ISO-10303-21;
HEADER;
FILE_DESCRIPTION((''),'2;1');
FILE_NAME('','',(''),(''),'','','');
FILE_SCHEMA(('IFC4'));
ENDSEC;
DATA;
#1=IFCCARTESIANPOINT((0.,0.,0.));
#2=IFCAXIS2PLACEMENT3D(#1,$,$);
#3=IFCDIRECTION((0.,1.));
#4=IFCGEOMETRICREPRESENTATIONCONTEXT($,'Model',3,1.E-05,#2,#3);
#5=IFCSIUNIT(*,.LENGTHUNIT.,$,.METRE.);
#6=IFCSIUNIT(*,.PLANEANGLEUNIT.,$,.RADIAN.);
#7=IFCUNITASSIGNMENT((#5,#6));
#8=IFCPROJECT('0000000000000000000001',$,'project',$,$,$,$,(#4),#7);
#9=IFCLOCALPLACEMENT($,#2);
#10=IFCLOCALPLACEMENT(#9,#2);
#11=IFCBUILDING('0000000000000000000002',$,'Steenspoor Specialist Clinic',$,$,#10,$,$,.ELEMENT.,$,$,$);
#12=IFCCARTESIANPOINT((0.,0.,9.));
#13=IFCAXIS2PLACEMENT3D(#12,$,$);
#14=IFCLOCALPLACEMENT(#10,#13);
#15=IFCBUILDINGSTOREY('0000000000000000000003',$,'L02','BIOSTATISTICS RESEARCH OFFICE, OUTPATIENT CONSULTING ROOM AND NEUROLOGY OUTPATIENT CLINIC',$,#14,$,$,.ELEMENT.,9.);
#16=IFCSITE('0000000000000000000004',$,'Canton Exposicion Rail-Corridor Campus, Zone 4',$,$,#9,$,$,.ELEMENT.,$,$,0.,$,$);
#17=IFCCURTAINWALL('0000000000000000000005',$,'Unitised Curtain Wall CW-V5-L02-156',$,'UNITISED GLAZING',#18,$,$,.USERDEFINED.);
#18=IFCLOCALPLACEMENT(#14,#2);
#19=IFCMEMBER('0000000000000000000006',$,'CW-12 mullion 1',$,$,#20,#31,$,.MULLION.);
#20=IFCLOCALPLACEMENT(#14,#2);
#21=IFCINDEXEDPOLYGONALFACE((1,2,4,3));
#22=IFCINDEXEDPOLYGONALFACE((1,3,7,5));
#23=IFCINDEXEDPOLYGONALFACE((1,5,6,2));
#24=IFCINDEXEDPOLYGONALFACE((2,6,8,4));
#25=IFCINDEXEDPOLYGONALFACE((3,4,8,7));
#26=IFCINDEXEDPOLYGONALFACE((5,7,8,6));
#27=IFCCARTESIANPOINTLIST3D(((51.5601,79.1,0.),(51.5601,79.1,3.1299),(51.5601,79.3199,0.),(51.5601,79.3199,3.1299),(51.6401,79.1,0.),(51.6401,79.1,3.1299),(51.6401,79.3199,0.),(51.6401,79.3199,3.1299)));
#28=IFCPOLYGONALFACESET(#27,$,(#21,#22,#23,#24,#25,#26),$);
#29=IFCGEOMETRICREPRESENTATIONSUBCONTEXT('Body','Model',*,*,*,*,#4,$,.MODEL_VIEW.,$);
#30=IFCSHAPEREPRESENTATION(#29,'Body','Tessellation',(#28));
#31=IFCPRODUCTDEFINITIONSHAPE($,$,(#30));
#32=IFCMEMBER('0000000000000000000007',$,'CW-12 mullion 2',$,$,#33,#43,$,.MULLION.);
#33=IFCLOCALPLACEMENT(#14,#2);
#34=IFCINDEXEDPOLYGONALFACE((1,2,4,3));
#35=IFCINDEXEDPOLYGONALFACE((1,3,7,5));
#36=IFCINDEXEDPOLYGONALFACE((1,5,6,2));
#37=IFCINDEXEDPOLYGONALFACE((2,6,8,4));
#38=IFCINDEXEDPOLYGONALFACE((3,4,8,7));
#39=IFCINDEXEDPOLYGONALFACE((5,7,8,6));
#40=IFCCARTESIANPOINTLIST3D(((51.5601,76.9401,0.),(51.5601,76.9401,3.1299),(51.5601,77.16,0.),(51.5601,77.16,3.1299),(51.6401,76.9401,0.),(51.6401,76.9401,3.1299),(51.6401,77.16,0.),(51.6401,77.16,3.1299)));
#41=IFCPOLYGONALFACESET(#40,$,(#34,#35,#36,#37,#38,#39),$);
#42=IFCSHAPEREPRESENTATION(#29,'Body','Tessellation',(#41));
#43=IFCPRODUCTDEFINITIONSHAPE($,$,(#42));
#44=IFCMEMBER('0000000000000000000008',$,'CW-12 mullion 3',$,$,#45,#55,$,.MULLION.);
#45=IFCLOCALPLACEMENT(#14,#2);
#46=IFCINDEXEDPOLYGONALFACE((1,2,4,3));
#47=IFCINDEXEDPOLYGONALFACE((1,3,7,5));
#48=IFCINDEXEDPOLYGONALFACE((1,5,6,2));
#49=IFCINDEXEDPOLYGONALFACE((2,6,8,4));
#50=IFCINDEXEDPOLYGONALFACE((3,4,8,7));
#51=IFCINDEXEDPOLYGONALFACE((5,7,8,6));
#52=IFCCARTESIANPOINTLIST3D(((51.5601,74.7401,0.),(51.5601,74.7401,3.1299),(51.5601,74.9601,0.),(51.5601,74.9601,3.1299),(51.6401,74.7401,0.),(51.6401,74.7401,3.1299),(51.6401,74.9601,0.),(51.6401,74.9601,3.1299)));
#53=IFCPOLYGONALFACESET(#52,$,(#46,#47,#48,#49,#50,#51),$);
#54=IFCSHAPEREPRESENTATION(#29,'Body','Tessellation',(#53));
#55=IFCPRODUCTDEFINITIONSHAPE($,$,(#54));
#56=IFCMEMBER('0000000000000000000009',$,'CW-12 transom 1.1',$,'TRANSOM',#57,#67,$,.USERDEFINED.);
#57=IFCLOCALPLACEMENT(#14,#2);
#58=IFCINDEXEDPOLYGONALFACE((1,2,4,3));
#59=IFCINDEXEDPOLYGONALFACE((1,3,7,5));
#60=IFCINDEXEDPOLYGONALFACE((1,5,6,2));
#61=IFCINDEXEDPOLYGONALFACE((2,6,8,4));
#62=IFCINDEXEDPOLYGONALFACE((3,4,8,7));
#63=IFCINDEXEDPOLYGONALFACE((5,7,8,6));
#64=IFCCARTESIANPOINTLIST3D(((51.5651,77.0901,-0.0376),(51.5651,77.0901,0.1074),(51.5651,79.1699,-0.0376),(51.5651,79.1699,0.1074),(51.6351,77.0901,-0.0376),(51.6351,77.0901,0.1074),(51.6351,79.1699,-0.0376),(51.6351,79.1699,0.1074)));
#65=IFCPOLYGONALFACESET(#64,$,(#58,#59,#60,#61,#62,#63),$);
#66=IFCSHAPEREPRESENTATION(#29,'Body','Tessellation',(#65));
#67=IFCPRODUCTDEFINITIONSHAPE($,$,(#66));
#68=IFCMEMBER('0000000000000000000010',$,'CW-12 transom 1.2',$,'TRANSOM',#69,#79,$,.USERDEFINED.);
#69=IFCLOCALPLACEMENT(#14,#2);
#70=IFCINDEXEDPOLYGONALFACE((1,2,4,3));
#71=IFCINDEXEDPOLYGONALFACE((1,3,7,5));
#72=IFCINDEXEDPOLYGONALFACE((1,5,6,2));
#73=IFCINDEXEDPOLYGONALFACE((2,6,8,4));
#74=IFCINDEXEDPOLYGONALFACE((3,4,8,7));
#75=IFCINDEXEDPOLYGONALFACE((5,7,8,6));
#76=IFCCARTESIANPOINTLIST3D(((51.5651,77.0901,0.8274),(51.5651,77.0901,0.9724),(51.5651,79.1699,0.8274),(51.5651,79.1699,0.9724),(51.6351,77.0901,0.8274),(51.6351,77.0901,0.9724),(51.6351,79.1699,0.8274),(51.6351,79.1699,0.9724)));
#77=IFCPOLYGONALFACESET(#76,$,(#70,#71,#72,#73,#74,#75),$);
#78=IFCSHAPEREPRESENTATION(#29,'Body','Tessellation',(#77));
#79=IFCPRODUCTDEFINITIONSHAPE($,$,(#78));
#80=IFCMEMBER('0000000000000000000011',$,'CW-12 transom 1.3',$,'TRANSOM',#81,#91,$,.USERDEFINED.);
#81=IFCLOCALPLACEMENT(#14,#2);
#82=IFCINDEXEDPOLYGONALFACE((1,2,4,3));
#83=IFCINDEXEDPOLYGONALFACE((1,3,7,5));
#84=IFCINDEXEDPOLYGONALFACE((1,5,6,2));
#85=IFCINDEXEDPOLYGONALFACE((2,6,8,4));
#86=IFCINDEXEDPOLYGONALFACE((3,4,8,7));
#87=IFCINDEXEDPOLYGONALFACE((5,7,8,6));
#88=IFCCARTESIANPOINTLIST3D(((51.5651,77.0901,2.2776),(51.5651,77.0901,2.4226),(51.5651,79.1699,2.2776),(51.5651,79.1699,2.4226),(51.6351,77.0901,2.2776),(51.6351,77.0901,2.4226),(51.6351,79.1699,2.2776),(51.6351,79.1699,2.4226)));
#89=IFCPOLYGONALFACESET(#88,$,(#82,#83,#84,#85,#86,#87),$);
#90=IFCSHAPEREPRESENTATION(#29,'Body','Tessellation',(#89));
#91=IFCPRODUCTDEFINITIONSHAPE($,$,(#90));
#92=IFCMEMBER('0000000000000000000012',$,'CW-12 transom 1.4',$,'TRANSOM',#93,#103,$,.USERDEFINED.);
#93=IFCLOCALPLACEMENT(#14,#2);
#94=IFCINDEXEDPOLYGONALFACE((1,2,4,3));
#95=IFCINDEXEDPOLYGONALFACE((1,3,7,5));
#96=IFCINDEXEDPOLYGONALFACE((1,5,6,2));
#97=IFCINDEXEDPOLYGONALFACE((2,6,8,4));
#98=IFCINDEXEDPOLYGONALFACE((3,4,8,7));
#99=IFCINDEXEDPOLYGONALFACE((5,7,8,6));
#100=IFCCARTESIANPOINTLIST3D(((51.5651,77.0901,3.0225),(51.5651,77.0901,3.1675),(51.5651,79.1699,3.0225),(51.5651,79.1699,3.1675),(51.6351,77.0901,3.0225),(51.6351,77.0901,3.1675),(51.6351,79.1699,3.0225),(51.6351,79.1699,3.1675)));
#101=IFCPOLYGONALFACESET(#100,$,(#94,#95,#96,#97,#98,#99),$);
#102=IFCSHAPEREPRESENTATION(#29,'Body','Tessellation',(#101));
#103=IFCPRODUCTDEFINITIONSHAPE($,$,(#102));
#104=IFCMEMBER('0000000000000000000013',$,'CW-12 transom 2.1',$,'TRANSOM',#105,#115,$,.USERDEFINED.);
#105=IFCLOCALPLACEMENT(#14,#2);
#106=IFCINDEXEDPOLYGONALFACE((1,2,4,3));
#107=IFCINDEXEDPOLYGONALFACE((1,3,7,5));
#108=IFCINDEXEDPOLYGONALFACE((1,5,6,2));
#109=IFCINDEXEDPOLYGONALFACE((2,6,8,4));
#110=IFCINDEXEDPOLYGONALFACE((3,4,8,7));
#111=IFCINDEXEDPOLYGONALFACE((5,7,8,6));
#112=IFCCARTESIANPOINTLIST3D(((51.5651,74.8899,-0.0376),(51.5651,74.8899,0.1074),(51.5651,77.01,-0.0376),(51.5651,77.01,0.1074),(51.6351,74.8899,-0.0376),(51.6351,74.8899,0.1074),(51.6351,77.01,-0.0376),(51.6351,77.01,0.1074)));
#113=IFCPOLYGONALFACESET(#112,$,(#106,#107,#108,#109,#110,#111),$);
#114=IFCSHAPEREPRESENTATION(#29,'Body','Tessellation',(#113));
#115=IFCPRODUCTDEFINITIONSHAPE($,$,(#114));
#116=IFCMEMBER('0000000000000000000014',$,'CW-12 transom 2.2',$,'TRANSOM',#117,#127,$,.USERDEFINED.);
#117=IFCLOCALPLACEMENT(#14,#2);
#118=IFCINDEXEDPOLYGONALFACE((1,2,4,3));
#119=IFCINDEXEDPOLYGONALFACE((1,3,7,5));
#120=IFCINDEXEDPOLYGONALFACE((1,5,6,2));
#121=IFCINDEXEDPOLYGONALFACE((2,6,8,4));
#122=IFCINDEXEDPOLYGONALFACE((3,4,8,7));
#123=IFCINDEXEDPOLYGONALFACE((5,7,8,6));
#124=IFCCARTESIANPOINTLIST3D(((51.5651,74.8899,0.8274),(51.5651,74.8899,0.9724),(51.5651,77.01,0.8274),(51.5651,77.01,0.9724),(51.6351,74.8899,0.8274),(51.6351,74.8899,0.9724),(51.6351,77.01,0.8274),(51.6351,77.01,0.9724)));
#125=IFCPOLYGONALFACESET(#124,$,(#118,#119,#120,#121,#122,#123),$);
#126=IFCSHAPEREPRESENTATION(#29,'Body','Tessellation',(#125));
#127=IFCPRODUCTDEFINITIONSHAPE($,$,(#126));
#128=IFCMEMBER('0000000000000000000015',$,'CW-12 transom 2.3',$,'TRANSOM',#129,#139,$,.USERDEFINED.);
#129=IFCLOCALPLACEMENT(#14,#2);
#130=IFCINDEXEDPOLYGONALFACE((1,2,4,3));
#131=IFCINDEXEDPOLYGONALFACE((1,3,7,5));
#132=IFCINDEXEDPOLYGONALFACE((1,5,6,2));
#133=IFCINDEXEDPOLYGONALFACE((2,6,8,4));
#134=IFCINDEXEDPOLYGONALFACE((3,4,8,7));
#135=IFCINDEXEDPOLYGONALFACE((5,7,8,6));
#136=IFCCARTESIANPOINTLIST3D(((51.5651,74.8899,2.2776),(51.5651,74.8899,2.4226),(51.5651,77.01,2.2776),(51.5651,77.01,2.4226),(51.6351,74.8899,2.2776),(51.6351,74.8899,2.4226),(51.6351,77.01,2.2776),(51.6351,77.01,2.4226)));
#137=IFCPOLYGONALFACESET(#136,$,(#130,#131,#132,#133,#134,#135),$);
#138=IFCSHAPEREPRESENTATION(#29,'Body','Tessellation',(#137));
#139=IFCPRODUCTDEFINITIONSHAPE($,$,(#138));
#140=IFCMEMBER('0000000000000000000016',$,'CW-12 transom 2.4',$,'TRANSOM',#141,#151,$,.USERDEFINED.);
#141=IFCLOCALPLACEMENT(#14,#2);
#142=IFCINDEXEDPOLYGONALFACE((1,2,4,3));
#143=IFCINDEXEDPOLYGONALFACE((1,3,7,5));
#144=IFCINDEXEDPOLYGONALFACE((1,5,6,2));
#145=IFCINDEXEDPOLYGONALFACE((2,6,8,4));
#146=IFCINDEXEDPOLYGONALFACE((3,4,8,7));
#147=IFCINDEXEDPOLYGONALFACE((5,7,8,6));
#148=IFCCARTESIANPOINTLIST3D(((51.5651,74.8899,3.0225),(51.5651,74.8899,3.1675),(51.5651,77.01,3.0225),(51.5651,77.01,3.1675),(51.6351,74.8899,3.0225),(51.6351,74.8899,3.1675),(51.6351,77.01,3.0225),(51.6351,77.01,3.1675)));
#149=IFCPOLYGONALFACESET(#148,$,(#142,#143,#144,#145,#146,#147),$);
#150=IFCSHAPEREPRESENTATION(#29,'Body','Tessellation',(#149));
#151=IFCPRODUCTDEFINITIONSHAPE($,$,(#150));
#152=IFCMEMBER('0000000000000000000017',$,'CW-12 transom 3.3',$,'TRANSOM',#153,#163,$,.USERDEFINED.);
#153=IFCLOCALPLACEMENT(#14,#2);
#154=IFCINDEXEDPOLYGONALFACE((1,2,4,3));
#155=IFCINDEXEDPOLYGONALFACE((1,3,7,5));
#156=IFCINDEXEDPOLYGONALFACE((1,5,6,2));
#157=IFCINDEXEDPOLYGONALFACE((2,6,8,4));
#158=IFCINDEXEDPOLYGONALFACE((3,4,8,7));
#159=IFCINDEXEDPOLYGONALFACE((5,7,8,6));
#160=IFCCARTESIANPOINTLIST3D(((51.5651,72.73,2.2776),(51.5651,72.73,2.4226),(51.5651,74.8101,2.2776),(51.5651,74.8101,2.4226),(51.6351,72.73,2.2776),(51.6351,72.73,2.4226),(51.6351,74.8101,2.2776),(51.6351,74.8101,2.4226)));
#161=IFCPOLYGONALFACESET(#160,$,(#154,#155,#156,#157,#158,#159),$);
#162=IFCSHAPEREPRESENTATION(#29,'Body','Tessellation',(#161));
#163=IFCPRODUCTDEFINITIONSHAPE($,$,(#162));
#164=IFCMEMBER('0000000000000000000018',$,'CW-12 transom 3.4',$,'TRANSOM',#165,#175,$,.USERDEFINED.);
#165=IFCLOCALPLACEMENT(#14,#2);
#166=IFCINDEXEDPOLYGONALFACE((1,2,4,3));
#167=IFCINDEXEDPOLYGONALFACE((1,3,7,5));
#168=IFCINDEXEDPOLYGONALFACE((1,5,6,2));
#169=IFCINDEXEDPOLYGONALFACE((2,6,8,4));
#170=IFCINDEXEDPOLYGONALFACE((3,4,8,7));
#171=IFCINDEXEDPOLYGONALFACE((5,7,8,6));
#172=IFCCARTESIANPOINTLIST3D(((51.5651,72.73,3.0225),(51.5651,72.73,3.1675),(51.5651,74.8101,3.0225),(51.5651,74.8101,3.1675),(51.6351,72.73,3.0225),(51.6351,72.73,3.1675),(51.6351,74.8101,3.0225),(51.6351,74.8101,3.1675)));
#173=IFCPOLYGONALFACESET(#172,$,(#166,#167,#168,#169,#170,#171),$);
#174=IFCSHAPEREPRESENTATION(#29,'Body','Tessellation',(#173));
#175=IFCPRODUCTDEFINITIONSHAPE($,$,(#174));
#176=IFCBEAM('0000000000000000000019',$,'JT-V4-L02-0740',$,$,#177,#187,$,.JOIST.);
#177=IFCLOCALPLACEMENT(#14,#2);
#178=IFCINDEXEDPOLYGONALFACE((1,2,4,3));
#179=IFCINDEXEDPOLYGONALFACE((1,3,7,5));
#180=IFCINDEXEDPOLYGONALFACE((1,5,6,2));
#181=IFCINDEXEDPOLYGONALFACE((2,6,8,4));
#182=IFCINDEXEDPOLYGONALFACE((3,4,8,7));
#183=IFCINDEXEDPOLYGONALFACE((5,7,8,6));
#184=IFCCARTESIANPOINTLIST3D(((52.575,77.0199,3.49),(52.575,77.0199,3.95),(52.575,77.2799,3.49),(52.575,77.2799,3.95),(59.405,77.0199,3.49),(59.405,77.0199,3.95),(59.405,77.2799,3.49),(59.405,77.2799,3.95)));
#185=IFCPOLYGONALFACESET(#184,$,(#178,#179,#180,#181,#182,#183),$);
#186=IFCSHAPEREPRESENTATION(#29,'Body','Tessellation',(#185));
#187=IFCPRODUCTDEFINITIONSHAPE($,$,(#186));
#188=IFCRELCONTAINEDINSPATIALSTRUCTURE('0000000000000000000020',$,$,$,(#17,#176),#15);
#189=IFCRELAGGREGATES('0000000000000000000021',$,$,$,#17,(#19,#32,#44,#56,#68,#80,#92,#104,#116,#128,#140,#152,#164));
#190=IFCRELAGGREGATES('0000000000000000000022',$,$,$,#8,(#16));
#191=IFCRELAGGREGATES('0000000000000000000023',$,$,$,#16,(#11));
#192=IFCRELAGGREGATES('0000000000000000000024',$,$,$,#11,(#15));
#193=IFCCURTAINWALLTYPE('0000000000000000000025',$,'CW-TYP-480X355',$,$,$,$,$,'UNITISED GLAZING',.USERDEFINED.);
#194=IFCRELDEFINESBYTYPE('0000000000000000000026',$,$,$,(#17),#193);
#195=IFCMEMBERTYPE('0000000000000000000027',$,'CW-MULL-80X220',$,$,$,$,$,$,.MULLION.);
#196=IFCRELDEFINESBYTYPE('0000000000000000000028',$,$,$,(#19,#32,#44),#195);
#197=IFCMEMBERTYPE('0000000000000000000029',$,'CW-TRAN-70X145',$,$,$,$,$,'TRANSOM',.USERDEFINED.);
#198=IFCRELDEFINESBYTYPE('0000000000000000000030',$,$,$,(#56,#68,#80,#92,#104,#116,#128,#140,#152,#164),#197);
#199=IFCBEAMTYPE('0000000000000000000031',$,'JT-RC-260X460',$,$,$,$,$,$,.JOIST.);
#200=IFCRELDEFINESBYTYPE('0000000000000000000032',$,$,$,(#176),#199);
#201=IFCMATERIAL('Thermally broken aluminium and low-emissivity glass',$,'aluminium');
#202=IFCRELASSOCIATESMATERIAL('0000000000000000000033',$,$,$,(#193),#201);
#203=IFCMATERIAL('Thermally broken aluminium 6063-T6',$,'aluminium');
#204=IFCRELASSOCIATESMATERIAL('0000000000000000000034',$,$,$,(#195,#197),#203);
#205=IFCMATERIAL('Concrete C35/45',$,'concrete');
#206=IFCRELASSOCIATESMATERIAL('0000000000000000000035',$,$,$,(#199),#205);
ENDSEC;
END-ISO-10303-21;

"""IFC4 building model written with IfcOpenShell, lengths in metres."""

from ifc_helpers import new_model, si_unit, direction, frame, origin, origin_2d, place, context, subcontext, project, spatial, rectangle, extrude, material, material_profile, profile_set, type_object, element, aggregate, save


model = new_model("IFC4")

# Units and contexts
model_context = context("Model", 3, precision=1e-05, world=origin(), true_north=direction((0.0, 1.0)))
body_context = subcontext(model_context, "Body", "Model", "MODEL_VIEW")
ifc_project = project(units=[si_unit("LENGTHUNIT", "METRE"), si_unit("PLANEANGLEUNIT", "RADIAN")], contexts=[model_context])

# Site, building, storey
site_placement = place(None, origin())
site = spatial("IfcSite", under=ifc_project, at=site_placement, Name="Canton Exposicion Rail-Corridor Campus, Zone 4", CompositionType="ELEMENT", RefElevation=0.0)
building_placement = place(site_placement, origin())
building = spatial("IfcBuilding", under=site, at=building_placement, Name="Steenspoor Specialist Clinic", CompositionType="ELEMENT")
storey_placement = place(building_placement, frame((0.0, 0.0, 9.0)))
storey = spatial("IfcBuildingStorey", under=building, at=storey_placement, Name="L02", Description="BIOSTATISTICS RESEARCH OFFICE, OUTPATIENT CONSULTING ROOM AND NEUROLOGY OUTPATIENT CLINIC", CompositionType="ELEMENT", Elevation=9.0)

# Curtain wall, members
ifc_material_1 = material(Name="Thermally broken aluminium and low-emissivity glass", Category="aluminium")
curtain_wall_type = type_object("IfcCurtainWallType", Name="CW-TYP-480X355", ElementType="UNITISED GLAZING", PredefinedType="USERDEFINED", material=ifc_material_1)
curtain_wall_placement = place(storey_placement, origin())
curtain_wall = element("IfcCurtainWall", 1, at=curtain_wall_placement, inside=storey, type_object=curtain_wall_type, Name="Unitised Curtain Wall CW-V5-L02-156", ObjectType="UNITISED GLAZING", PredefinedType="USERDEFINED")
ifc_material_2 = material(Name="Thermally broken aluminium 6063-T6", Category="aluminium")
ifc_material_profile_1 = material_profile(ifc_material_2, rectangle(XDim=0.0801, YDim=0.22, at=origin_2d()), Name="CWM-80X220")
ifc_profile_set_1 = profile_set([ifc_material_profile_1], Name="Thermally broken aluminium 6063-T6")
member_type_1 = type_object("IfcMemberType", Name="CW-MULL-80X220", PredefinedType="MULLION", material=ifc_profile_set_1)
member_1_placement = place(storey_placement, frame((51.6001, 79.21, 0.0), z_axis=(0.0, 0.0, 1.0), x_axis=(1.0, 0.0, 0.0)))
member_1 = element("IfcMember", 2, at=member_1_placement, type_object=member_type_1, Name="CW-12 mullion 1", PredefinedType="MULLION", context=body_context, shape_type="SweptSolid", body=[
    extrude(rectangle(XDim=0.0801, YDim=0.22, at=origin_2d()), origin(), (0.0, 0.0, 1.0), 3.1299),
])
member_2_placement = place(storey_placement, frame((51.6001, 77.05, 0.0), z_axis=(0.0, 0.0, 1.0), x_axis=(1.0, 0.0, 0.0)))
member_2 = element("IfcMember", 3, at=member_2_placement, type_object=member_type_1, Name="CW-12 mullion 2", PredefinedType="MULLION", context=body_context, shape_type="SweptSolid", body=[
    extrude(rectangle(XDim=0.0801, YDim=0.22, at=origin_2d()), origin(), (0.0, 0.0, 1.0), 3.1299),
])
member_3_placement = place(storey_placement, frame((51.6001, 74.8501, 0.0), z_axis=(0.0, 0.0, 1.0), x_axis=(1.0, 0.0, 0.0)))
member_3 = element("IfcMember", 4, at=member_3_placement, type_object=member_type_1, Name="CW-12 mullion 3", PredefinedType="MULLION", context=body_context, shape_type="SweptSolid", body=[
    extrude(rectangle(XDim=0.0801, YDim=0.22, at=origin_2d()), origin(), (0.0, 0.0, 1.0), 3.1299),
])
ifc_material_profile_2 = material_profile(ifc_material_2, rectangle(XDim=0.0701, YDim=0.145, at=origin_2d()), Name="CWT-70X145")
ifc_profile_set_2 = profile_set([ifc_material_profile_2], Name="Thermally broken aluminium 6063-T6")
member_type_2 = type_object("IfcMemberType", Name="CW-TRAN-70X145", ElementType="TRANSOM", PredefinedType="USERDEFINED", material=ifc_profile_set_2)
member_4_placement = place(storey_placement, frame((51.6001, 79.1699, 0.0349), z_axis=(0.0, -1.0, 0.0), x_axis=(1.0, 0.0, 0.0)))
member_4 = element("IfcMember", 5, at=member_4_placement, type_object=member_type_2, Name="CW-12 transom 1.1", ObjectType="TRANSOM", PredefinedType="USERDEFINED", context=body_context, shape_type="SweptSolid", body=[
    extrude(rectangle(XDim=0.0701, YDim=0.145, at=origin_2d()), origin(), (0.0, 0.0, 1.0), 2.0798),
])
member_5_placement = place(storey_placement, frame((51.6001, 79.1699, 0.8999), z_axis=(0.0, -1.0, 0.0), x_axis=(1.0, 0.0, 0.0)))
member_5 = element("IfcMember", 6, at=member_5_placement, type_object=member_type_2, Name="CW-12 transom 1.2", ObjectType="TRANSOM", PredefinedType="USERDEFINED", context=body_context, shape_type="SweptSolid", body=[
    extrude(rectangle(XDim=0.0701, YDim=0.145, at=origin_2d()), origin(), (0.0, 0.0, 1.0), 2.0798),
])
member_6_placement = place(storey_placement, frame((51.6001, 79.1699, 2.3501), z_axis=(0.0, -1.0, 0.0), x_axis=(1.0, 0.0, 0.0)))
member_6 = element("IfcMember", 7, at=member_6_placement, type_object=member_type_2, Name="CW-12 transom 1.3", ObjectType="TRANSOM", PredefinedType="USERDEFINED", context=body_context, shape_type="SweptSolid", body=[
    extrude(rectangle(XDim=0.0701, YDim=0.145, at=origin_2d()), origin(), (0.0, 0.0, 1.0), 2.0798),
])
member_7_placement = place(storey_placement, frame((51.6001, 79.1699, 3.095), z_axis=(0.0, -1.0, 0.0), x_axis=(1.0, 0.0, 0.0)))
member_7 = element("IfcMember", 8, at=member_7_placement, type_object=member_type_2, Name="CW-12 transom 1.4", ObjectType="TRANSOM", PredefinedType="USERDEFINED", context=body_context, shape_type="SweptSolid", body=[
    extrude(rectangle(XDim=0.0701, YDim=0.145, at=origin_2d()), origin(), (0.0, 0.0, 1.0), 2.0798),
])
member_8_placement = place(storey_placement, frame((51.6001, 77.01, 0.0349), z_axis=(0.0, -1.0, 0.0), x_axis=(1.0, 0.0, 0.0)))
member_8 = element("IfcMember", 9, at=member_8_placement, type_object=member_type_2, Name="CW-12 transom 2.1", ObjectType="TRANSOM", PredefinedType="USERDEFINED", context=body_context, shape_type="SweptSolid", body=[
    extrude(rectangle(XDim=0.0701, YDim=0.145, at=origin_2d()), origin(), (0.0, 0.0, 1.0), 2.1201),
])
member_9_placement = place(storey_placement, frame((51.6001, 77.01, 0.8999), z_axis=(0.0, -1.0, 0.0), x_axis=(1.0, 0.0, 0.0)))
member_9 = element("IfcMember", 10, at=member_9_placement, type_object=member_type_2, Name="CW-12 transom 2.2", ObjectType="TRANSOM", PredefinedType="USERDEFINED", context=body_context, shape_type="SweptSolid", body=[
    extrude(rectangle(XDim=0.0701, YDim=0.145, at=origin_2d()), origin(), (0.0, 0.0, 1.0), 2.1201),
])
member_10_placement = place(storey_placement, frame((51.6001, 77.01, 2.3501), z_axis=(0.0, -1.0, 0.0), x_axis=(1.0, 0.0, 0.0)))
member_10 = element("IfcMember", 11, at=member_10_placement, type_object=member_type_2, Name="CW-12 transom 2.3", ObjectType="TRANSOM", PredefinedType="USERDEFINED", context=body_context, shape_type="SweptSolid", body=[
    extrude(rectangle(XDim=0.0701, YDim=0.145, at=origin_2d()), origin(), (0.0, 0.0, 1.0), 2.1201),
])
member_11_placement = place(storey_placement, frame((51.6001, 77.01, 3.095), z_axis=(0.0, -1.0, 0.0), x_axis=(1.0, 0.0, 0.0)))
member_11 = element("IfcMember", 12, at=member_11_placement, type_object=member_type_2, Name="CW-12 transom 2.4", ObjectType="TRANSOM", PredefinedType="USERDEFINED", context=body_context, shape_type="SweptSolid", body=[
    extrude(rectangle(XDim=0.0701, YDim=0.145, at=origin_2d()), origin(), (0.0, 0.0, 1.0), 2.1201),
])
member_12_placement = place(storey_placement, frame((51.6001, 74.8101, 2.3501), z_axis=(0.0, -1.0, 0.0), x_axis=(1.0, 0.0, 0.0)))
member_12 = element("IfcMember", 13, at=member_12_placement, type_object=member_type_2, Name="CW-12 transom 3.3", ObjectType="TRANSOM", PredefinedType="USERDEFINED", context=body_context, shape_type="SweptSolid", body=[
    extrude(rectangle(XDim=0.0701, YDim=0.145, at=origin_2d()), origin(), (0.0, 0.0, 1.0), 2.0801),
])
member_13_placement = place(storey_placement, frame((51.6001, 74.8101, 3.095), z_axis=(0.0, -1.0, 0.0), x_axis=(1.0, 0.0, 0.0)))
member_13 = element("IfcMember", 14, at=member_13_placement, type_object=member_type_2, Name="CW-12 transom 3.4", ObjectType="TRANSOM", PredefinedType="USERDEFINED", context=body_context, shape_type="SweptSolid", body=[
    extrude(rectangle(XDim=0.0701, YDim=0.145, at=origin_2d()), origin(), (0.0, 0.0, 1.0), 2.0801),
])

# Beam
ifc_material_3 = material(Name="Concrete C35/45", Category="concrete")
ifc_material_profile_3 = material_profile(ifc_material_3, rectangle(XDim=0.26, YDim=0.46, at=origin_2d()), Name="RC-JT-260X460")
ifc_profile_set_3 = profile_set([ifc_material_profile_3], Name="Concrete C35/45")
beam_type = type_object("IfcBeamType", Name="JT-RC-260X460", PredefinedType="JOIST", material=ifc_profile_set_3)
beam_placement = place(storey_placement, frame((52.575, 77.1499, 3.72), z_axis=(1.0, 0.0, 0.0), x_axis=(0.0, 1.0, 0.0)))
element("IfcBeam", 15, at=beam_placement, inside=storey, type_object=beam_type, Name="JT-V4-L02-0740", PredefinedType="JOIST", context=body_context, shape_type="SweptSolid", body=[
    extrude(rectangle(XDim=0.26, YDim=0.46, at=origin_2d()), origin(), (0.0, 0.0, 1.0), 6.8301),
])

aggregate(curtain_wall, [member_1, member_2, member_3, member_4, member_5, member_6, member_7, member_8, member_9, member_10, member_11, member_12, member_13])

save(model, "model.ifc")
